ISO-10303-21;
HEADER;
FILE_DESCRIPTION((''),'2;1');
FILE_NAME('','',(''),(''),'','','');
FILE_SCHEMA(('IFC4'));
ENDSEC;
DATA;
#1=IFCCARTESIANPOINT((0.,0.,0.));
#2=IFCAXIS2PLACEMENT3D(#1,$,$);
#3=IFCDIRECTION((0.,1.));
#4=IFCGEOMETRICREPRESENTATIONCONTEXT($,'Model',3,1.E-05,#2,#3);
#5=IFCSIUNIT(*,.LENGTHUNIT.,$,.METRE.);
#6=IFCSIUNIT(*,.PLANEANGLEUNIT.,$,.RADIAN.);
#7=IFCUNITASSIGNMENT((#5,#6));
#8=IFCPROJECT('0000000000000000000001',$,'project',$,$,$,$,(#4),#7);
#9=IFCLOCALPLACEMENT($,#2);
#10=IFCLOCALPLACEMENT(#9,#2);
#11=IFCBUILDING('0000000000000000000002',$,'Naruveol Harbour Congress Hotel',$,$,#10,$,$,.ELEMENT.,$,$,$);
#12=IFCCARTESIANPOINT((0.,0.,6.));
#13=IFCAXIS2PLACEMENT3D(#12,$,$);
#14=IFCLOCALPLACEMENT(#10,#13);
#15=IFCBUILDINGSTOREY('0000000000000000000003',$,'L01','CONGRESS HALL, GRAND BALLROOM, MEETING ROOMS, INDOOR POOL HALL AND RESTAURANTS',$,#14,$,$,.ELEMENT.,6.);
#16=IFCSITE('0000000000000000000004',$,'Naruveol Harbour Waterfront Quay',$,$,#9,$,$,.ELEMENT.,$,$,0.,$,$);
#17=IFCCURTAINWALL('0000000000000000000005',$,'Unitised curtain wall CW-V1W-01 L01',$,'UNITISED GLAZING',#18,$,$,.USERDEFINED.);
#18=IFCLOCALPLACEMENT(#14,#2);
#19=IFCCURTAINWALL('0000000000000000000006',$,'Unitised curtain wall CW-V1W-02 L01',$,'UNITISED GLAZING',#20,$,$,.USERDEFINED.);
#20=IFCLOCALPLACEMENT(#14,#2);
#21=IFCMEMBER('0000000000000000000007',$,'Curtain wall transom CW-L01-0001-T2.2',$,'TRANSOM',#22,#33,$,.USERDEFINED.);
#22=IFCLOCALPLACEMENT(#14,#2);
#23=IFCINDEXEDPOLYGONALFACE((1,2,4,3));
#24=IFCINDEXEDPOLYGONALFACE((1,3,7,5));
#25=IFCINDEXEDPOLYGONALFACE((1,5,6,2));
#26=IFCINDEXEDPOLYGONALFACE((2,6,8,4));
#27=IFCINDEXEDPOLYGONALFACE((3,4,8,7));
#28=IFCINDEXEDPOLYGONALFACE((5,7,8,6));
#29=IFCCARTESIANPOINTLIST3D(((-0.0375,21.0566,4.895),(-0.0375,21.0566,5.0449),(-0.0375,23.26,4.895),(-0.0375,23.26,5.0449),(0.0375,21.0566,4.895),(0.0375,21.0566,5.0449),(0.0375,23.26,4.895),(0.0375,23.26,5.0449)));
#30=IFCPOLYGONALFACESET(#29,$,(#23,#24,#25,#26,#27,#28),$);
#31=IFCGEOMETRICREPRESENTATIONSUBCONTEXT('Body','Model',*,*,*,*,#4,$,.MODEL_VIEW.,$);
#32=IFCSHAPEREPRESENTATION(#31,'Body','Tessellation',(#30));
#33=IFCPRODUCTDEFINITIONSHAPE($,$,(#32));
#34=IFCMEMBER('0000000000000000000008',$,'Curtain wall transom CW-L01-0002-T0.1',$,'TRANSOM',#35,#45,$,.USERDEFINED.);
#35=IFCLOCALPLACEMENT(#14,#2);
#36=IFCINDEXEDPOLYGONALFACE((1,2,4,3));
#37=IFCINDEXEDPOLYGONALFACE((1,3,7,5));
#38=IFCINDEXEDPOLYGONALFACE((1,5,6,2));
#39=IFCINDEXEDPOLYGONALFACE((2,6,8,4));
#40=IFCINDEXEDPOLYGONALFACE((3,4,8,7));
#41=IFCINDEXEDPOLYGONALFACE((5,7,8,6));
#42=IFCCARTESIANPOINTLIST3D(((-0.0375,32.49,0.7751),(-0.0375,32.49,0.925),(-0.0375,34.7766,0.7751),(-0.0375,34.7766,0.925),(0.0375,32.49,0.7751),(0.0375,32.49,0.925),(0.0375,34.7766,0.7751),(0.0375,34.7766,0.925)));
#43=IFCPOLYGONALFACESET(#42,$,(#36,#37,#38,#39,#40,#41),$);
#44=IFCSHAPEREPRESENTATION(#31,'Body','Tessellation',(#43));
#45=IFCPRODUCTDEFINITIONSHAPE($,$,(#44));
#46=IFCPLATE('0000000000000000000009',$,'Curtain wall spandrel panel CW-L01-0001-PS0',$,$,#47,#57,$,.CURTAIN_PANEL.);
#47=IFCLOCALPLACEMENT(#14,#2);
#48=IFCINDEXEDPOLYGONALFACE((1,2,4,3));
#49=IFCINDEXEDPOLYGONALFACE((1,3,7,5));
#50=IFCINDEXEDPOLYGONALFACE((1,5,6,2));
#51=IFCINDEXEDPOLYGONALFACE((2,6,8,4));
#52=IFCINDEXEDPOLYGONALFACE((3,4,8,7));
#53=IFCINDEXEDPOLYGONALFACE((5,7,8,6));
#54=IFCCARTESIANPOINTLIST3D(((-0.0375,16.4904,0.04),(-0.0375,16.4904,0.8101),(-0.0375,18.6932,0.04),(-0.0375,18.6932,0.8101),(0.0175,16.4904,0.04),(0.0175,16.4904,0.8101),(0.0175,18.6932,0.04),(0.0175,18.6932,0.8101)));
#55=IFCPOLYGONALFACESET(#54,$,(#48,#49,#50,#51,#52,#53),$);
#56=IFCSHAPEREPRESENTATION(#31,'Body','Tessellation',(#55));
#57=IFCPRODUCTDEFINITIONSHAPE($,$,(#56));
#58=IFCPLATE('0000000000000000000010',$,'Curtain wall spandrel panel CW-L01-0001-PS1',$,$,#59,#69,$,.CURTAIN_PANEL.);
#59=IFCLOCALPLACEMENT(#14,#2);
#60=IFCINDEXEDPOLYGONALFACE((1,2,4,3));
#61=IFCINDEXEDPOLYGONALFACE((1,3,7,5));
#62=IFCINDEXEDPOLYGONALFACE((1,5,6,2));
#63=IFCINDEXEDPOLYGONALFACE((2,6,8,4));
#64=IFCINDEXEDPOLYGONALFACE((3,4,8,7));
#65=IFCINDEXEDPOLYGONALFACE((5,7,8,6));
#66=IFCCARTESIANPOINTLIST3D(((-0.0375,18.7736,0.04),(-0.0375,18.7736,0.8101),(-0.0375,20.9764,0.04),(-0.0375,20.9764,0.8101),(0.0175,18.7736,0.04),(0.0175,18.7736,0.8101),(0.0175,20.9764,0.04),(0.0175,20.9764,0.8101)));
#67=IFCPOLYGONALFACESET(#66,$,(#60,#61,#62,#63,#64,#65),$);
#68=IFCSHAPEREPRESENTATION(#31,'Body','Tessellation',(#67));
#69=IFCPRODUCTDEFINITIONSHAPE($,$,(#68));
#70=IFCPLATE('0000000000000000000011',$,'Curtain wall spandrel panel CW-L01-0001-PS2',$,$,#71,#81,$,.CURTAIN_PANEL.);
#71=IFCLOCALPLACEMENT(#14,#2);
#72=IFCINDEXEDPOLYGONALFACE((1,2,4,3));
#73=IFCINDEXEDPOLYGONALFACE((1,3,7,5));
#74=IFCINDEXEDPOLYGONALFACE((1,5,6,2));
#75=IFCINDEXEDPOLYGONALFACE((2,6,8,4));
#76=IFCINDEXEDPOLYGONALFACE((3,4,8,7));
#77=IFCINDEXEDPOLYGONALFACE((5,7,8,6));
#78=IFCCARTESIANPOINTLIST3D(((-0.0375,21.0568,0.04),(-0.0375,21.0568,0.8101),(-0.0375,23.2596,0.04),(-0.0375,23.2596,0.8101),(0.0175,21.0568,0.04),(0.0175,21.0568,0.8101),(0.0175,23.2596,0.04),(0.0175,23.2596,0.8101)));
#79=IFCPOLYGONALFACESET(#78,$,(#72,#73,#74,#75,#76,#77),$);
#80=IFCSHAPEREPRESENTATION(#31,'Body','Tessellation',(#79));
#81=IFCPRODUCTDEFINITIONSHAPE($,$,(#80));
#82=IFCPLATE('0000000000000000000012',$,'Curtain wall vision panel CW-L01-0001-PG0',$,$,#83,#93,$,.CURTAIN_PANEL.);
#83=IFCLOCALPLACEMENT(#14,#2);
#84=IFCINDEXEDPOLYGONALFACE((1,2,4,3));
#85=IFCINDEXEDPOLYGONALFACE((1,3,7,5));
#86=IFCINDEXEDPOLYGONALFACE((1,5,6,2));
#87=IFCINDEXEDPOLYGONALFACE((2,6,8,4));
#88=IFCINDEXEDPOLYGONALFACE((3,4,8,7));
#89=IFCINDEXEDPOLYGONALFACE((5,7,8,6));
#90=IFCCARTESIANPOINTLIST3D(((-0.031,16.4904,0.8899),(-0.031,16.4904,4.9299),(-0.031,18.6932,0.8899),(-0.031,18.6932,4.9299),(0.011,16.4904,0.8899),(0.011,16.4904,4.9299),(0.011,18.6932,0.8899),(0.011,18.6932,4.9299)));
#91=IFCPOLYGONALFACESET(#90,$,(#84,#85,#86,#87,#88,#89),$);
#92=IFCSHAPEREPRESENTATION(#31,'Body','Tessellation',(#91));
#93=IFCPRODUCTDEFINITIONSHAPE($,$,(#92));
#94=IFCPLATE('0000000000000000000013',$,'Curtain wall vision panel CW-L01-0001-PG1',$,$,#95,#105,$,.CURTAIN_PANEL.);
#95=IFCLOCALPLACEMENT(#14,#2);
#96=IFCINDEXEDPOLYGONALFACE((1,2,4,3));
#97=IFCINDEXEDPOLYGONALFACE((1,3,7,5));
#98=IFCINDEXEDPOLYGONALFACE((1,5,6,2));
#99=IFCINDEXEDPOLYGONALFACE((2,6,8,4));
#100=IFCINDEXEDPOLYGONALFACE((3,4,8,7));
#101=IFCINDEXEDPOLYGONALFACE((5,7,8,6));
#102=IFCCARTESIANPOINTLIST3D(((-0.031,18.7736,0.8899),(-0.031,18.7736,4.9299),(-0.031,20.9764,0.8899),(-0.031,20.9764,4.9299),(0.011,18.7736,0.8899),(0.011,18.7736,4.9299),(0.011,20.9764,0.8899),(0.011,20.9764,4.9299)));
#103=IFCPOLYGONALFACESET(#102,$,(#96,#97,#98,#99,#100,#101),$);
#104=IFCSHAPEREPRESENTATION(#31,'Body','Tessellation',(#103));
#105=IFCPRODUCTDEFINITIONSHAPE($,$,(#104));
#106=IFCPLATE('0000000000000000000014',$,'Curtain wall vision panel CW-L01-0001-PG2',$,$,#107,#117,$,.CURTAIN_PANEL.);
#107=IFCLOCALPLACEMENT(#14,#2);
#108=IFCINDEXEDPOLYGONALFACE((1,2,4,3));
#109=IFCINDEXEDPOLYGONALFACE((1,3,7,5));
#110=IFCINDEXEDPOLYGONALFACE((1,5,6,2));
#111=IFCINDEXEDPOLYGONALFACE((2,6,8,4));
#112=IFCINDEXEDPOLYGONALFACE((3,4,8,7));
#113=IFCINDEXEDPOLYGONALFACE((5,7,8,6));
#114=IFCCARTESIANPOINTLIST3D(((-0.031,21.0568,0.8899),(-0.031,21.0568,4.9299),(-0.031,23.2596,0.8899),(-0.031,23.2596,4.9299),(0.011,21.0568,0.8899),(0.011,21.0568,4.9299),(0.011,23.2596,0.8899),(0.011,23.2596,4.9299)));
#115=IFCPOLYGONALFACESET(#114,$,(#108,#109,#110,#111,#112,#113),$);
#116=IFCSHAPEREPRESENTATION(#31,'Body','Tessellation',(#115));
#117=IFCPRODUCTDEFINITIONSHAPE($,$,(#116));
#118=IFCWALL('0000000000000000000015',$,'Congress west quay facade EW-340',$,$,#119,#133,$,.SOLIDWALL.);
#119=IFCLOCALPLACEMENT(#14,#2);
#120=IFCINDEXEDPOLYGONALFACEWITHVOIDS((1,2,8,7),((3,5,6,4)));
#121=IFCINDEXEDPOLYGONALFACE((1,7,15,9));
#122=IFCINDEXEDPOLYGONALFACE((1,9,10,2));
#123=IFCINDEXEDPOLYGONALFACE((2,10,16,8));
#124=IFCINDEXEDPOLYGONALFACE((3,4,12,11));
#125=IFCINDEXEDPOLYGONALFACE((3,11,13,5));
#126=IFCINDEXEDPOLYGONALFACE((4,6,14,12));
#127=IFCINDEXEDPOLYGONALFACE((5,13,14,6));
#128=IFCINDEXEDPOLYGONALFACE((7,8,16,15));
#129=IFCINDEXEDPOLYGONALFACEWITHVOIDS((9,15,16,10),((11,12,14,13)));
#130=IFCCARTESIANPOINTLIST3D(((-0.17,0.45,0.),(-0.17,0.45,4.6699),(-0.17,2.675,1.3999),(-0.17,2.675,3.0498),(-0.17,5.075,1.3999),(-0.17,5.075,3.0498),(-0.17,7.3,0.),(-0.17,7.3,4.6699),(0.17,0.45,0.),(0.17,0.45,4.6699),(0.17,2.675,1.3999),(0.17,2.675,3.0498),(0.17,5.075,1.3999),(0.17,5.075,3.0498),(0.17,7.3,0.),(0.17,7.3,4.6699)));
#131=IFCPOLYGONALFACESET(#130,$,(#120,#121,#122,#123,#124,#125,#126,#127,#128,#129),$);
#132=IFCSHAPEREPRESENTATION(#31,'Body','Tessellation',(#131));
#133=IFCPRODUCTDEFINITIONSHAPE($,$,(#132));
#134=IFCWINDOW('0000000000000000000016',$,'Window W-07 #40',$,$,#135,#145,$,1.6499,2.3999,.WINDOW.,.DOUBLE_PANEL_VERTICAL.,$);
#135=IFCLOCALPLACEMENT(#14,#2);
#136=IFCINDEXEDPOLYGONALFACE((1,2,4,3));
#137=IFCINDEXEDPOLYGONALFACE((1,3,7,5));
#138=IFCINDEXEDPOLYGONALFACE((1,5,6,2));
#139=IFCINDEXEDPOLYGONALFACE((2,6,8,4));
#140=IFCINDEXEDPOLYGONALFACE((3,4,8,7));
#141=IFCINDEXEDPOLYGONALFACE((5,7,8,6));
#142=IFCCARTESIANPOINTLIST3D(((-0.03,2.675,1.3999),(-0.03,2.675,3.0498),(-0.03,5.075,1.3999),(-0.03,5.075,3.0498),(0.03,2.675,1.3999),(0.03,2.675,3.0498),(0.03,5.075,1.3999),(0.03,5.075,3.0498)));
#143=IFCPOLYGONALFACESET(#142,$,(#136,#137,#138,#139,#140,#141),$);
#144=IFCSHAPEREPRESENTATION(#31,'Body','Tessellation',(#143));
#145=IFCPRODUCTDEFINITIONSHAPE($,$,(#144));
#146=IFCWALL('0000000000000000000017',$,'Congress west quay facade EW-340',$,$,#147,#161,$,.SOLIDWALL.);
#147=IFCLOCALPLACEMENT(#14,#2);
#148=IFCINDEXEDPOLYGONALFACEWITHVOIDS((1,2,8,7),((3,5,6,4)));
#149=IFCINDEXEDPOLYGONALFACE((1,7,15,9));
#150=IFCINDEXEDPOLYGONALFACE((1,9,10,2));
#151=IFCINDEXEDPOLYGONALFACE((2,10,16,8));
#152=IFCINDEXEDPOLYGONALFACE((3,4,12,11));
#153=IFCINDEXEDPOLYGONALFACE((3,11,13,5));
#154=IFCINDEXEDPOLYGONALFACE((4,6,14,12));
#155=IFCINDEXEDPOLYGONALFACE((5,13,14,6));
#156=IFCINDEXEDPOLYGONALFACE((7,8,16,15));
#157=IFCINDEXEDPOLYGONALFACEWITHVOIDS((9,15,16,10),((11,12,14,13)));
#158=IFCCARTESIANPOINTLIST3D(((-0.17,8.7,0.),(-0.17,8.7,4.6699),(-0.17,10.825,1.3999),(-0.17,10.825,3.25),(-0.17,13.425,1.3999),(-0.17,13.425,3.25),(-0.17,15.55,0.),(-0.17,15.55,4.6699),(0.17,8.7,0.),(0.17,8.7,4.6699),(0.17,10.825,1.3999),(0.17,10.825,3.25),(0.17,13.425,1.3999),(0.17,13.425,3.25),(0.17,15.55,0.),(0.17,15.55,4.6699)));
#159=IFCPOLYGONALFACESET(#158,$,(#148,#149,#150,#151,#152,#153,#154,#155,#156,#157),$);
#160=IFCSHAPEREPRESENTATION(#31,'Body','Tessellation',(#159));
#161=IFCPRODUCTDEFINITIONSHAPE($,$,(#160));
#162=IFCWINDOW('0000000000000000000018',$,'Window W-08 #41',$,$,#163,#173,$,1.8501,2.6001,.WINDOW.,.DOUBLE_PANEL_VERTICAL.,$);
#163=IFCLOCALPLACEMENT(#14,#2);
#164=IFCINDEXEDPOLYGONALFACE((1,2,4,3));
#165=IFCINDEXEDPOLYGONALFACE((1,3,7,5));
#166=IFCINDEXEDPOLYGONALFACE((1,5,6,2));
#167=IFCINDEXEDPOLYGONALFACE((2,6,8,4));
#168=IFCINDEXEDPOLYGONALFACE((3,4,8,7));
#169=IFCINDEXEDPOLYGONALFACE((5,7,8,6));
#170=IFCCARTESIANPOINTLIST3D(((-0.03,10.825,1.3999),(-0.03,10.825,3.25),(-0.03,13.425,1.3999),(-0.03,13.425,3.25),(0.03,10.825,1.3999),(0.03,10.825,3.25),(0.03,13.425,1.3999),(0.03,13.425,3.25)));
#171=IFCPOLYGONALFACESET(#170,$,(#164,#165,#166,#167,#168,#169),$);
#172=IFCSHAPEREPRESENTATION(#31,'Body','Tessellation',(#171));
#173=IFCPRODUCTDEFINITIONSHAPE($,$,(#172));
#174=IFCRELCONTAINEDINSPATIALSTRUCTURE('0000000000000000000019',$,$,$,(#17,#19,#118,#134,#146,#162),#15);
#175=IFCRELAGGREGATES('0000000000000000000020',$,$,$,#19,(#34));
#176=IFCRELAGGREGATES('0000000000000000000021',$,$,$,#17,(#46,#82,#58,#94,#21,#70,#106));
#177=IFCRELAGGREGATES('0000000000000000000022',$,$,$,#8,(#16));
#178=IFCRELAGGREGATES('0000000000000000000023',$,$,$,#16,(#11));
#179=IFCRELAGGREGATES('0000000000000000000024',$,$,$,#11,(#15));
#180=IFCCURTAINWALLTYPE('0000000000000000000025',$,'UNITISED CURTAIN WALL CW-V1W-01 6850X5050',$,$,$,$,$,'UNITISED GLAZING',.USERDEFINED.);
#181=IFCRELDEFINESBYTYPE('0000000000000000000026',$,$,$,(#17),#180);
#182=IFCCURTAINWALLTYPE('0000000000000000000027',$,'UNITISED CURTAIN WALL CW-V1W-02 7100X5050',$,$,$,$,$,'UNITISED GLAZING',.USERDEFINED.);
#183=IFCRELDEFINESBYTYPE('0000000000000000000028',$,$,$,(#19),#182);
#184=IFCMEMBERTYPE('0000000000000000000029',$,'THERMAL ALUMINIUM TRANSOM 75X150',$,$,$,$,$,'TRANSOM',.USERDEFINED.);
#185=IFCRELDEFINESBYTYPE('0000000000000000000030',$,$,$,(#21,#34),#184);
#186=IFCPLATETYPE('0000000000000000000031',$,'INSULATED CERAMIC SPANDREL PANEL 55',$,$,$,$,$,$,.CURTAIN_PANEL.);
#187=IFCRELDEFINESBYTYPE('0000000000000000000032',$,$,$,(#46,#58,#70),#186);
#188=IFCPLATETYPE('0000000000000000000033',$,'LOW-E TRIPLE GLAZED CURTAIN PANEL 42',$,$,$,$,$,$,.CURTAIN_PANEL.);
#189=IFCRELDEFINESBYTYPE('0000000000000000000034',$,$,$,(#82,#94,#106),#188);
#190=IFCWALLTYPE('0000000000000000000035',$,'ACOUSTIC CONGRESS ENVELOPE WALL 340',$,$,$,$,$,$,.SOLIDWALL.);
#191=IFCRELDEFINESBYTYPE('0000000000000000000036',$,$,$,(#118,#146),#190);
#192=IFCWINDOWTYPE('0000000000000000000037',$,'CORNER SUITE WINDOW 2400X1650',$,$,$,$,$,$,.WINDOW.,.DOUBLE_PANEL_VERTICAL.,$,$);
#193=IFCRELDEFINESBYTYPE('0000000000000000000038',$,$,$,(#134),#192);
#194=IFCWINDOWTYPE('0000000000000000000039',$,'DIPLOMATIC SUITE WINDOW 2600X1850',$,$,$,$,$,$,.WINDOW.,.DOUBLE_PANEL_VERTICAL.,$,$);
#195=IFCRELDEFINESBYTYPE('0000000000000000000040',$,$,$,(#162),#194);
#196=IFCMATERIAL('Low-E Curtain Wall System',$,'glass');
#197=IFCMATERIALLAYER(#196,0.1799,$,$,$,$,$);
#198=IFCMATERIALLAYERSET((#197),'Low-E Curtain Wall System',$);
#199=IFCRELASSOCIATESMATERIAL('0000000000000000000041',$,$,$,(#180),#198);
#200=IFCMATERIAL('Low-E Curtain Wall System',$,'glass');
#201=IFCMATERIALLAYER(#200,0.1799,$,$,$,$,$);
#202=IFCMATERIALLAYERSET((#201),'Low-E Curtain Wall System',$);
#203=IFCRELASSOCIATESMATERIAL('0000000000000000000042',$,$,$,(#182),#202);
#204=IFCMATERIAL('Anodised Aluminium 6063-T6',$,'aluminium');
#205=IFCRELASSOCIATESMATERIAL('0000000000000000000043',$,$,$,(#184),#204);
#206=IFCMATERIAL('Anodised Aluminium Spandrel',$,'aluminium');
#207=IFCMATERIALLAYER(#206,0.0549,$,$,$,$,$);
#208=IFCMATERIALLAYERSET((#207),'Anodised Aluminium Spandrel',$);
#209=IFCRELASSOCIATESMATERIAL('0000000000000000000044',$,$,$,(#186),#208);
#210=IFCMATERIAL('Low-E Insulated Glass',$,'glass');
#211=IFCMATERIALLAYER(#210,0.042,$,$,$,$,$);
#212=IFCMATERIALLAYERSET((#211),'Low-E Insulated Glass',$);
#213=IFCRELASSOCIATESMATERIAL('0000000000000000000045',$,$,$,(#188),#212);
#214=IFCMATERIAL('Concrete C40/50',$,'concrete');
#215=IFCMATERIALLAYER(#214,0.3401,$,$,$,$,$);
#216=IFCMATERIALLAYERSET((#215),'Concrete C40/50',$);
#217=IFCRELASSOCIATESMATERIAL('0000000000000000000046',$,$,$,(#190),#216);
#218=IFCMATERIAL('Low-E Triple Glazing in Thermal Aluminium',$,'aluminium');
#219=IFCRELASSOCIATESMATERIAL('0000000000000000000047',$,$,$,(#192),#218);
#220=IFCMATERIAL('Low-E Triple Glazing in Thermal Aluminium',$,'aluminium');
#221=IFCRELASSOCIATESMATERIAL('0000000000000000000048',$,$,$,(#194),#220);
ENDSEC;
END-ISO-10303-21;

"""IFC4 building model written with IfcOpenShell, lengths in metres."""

from ifc_helpers import new_model, si_unit, direction, frame, frame_2d, origin, origin_2d, place, context, subcontext, project, spatial, rectangle, extrude, material, layer, layer_set, material_profile, profile_set, type_object, element, fill, aggregate, save


model = new_model("IFC4")

# Units and contexts
model_context = context("Model", 3, precision=1e-05, world=origin(), true_north=direction((0.0, 1.0)))
body_context = subcontext(model_context, "Body", "Model", "MODEL_VIEW")
ifc_project = project(units=[si_unit("LENGTHUNIT", "METRE"), si_unit("PLANEANGLEUNIT", "RADIAN")], contexts=[model_context])

# Site, building, storey
site_placement = place(None, origin())
site = spatial("IfcSite", under=ifc_project, at=site_placement, Name="Naruveol Harbour Waterfront Quay", CompositionType="ELEMENT", RefElevation=0.0)
building_placement = place(site_placement, origin())
building = spatial("IfcBuilding", under=site, at=building_placement, Name="Naruveol Harbour Congress Hotel", CompositionType="ELEMENT")
storey_placement = place(building_placement, frame((0.0, 0.0, 6.0)))
storey = spatial("IfcBuildingStorey", under=building, at=storey_placement, Name="L01", Description="CONGRESS HALL, GRAND BALLROOM, MEETING ROOMS, INDOOR POOL HALL AND RESTAURANTS", CompositionType="ELEMENT", Elevation=6.0)

# Curtain wall
ifc_material_1 = material(Name="Low-E Curtain Wall System", Category="glass")
ifc_layer_1 = layer(ifc_material_1, 0.1799)
ifc_layer_set_1 = layer_set([ifc_layer_1], Name="Low-E Curtain Wall System")
curtain_wall_type_1 = type_object("IfcCurtainWallType", Name="UNITISED CURTAIN WALL CW-V1W-01 6850X5050", ElementType="UNITISED GLAZING", PredefinedType="USERDEFINED", material=ifc_layer_set_1)
curtain_wall_1_placement = place(storey_placement, origin())
curtain_wall_1 = element("IfcCurtainWall", 1, at=curtain_wall_1_placement, inside=storey, type_object=curtain_wall_type_1, Name="Unitised curtain wall CW-V1W-01 L01", ObjectType="UNITISED GLAZING", PredefinedType="USERDEFINED")

# Curtain wall
ifc_material_2 = material(Name="Low-E Curtain Wall System", Category="glass")
ifc_layer_2 = layer(ifc_material_2, 0.1799)
ifc_layer_set_2 = layer_set([ifc_layer_2], Name="Low-E Curtain Wall System")
curtain_wall_type_2 = type_object("IfcCurtainWallType", Name="UNITISED CURTAIN WALL CW-V1W-02 7100X5050", ElementType="UNITISED GLAZING", PredefinedType="USERDEFINED", material=ifc_layer_set_2)
curtain_wall_2_placement = place(storey_placement, origin())
curtain_wall_2 = element("IfcCurtainWall", 2, at=curtain_wall_2_placement, inside=storey, type_object=curtain_wall_type_2, Name="Unitised curtain wall CW-V1W-02 L01", ObjectType="UNITISED GLAZING", PredefinedType="USERDEFINED")

# Members
ifc_material_3 = material(Name="Anodised Aluminium 6063-T6", Category="aluminium")
ifc_material_profile_1 = material_profile(ifc_material_3, rectangle(XDim=0.075, YDim=0.1499, at=origin_2d()), Name="ALU-75x150")
ifc_profile_set_1 = profile_set([ifc_material_profile_1], Name="Anodised Aluminium 6063-T6")
member_type_1 = type_object("IfcMemberType", Name="THERMAL ALUMINIUM TRANSOM 75X150", ElementType="TRANSOM", PredefinedType="USERDEFINED", material=ifc_profile_set_1)
member_1_placement = place(storey_placement, frame((0.0, 21.0566, 4.97), z_axis=(0.0, 1.0, 0.0), x_axis=(-1.0, 0.0, 0.0)))
member_1 = element("IfcMember", 3, at=member_1_placement, type_object=member_type_1, Name="Curtain wall transom CW-L01-0001-T2.2", ObjectType="TRANSOM", PredefinedType="USERDEFINED", context=body_context, shape_type="SweptSolid", body=[
    extrude(rectangle(XDim=0.075, YDim=0.1499, at=origin_2d()), origin(), (0.0, 0.0, 1.0), 2.2034),
])
member_2_placement = place(storey_placement, frame((0.0, 32.49, 0.8501), z_axis=(0.0, 1.0, 0.0), x_axis=(-1.0, 0.0, 0.0)))
member_2 = element("IfcMember", 4, at=member_2_placement, type_object=member_type_1, Name="Curtain wall transom CW-L01-0002-T0.1", ObjectType="TRANSOM", PredefinedType="USERDEFINED", context=body_context, shape_type="SweptSolid", body=[
    extrude(rectangle(XDim=0.075, YDim=0.1499, at=origin_2d()), origin(), (0.0, 0.0, 1.0), 2.2866),
])
aggregate(curtain_wall_2, [member_2])

# Plates
ifc_material_4 = material(Name="Anodised Aluminium Spandrel", Category="aluminium")
ifc_layer_3 = layer(ifc_material_4, 0.0549)
ifc_layer_set_3 = layer_set([ifc_layer_3], Name="Anodised Aluminium Spandrel")
plate_type_1 = type_object("IfcPlateType", Name="INSULATED CERAMIC SPANDREL PANEL 55", PredefinedType="CURTAIN_PANEL", material=ifc_layer_set_3)
plate_1_placement = place(storey_placement, frame((-0.01, 17.5918, 0.04), z_axis=(0.0, 0.0, 1.0), x_axis=(0.0, 1.0, 0.0)))
plate_1 = element("IfcPlate", 5, at=plate_1_placement, type_object=plate_type_1, Name="Curtain wall spandrel panel CW-L01-0001-PS0", PredefinedType="CURTAIN_PANEL", context=body_context, shape_type="SweptSolid", body=[
    extrude(rectangle(XDim=2.2029, YDim=0.0549, at=origin_2d()), origin(), (0.0, 0.0, 1.0), 0.77),
])
plate_2_placement = place(storey_placement, frame((-0.01, 19.875, 0.04), z_axis=(0.0, 0.0, 1.0), x_axis=(0.0, 1.0, 0.0)))
plate_2 = element("IfcPlate", 6, at=plate_2_placement, type_object=plate_type_1, Name="Curtain wall spandrel panel CW-L01-0001-PS1", PredefinedType="CURTAIN_PANEL", context=body_context, shape_type="SweptSolid", body=[
    extrude(rectangle(XDim=2.2029, YDim=0.0549, at=origin_2d()), origin(), (0.0, 0.0, 1.0), 0.77),
])
plate_3_placement = place(storey_placement, frame((-0.01, 22.1582, 0.04), z_axis=(0.0, 0.0, 1.0), x_axis=(0.0, 1.0, 0.0)))
plate_3 = element("IfcPlate", 7, at=plate_3_placement, type_object=plate_type_1, Name="Curtain wall spandrel panel CW-L01-0001-PS2", PredefinedType="CURTAIN_PANEL", context=body_context, shape_type="SweptSolid", body=[
    extrude(rectangle(XDim=2.2029, YDim=0.0549, at=origin_2d()), origin(), (0.0, 0.0, 1.0), 0.77),
])
ifc_material_5 = material(Name="Low-E Insulated Glass", Category="glass")
ifc_layer_4 = layer(ifc_material_5, 0.042)
ifc_layer_set_4 = layer_set([ifc_layer_4], Name="Low-E Insulated Glass")
plate_type_2 = type_object("IfcPlateType", Name="LOW-E TRIPLE GLAZED CURTAIN PANEL 42", PredefinedType="CURTAIN_PANEL", material=ifc_layer_set_4)
plate_4_placement = place(storey_placement, frame((-0.01, 17.5918, 0.8899), z_axis=(0.0, 0.0, 1.0), x_axis=(0.0, 1.0, 0.0)))
plate_4 = element("IfcPlate", 8, at=plate_4_placement, type_object=plate_type_2, Name="Curtain wall vision panel CW-L01-0001-PG0", PredefinedType="CURTAIN_PANEL", context=body_context, shape_type="SweptSolid", body=[
    extrude(rectangle(XDim=2.2029, YDim=0.042, at=origin_2d()), origin(), (0.0, 0.0, 1.0), 4.04),
])
plate_5_placement = place(storey_placement, frame((-0.01, 19.875, 0.8899), z_axis=(0.0, 0.0, 1.0), x_axis=(0.0, 1.0, 0.0)))
plate_5 = element("IfcPlate", 9, at=plate_5_placement, type_object=plate_type_2, Name="Curtain wall vision panel CW-L01-0001-PG1", PredefinedType="CURTAIN_PANEL", context=body_context, shape_type="SweptSolid", body=[
    extrude(rectangle(XDim=2.2029, YDim=0.042, at=origin_2d()), origin(), (0.0, 0.0, 1.0), 4.04),
])
plate_6_placement = place(storey_placement, frame((-0.01, 22.1582, 0.8899), z_axis=(0.0, 0.0, 1.0), x_axis=(0.0, 1.0, 0.0)))
plate_6 = element("IfcPlate", 10, at=plate_6_placement, type_object=plate_type_2, Name="Curtain wall vision panel CW-L01-0001-PG2", PredefinedType="CURTAIN_PANEL", context=body_context, shape_type="SweptSolid", body=[
    extrude(rectangle(XDim=2.2029, YDim=0.042, at=origin_2d()), origin(), (0.0, 0.0, 1.0), 4.04),
])
aggregate(curtain_wall_1, [plate_1, plate_4, plate_2, plate_5, member_1, plate_3, plate_6])

# Walls, openings, windows
ifc_material_6 = material(Name="Concrete C40/50", Category="concrete")
ifc_layer_5 = layer(ifc_material_6, 0.3401)
ifc_layer_set_5 = layer_set([ifc_layer_5], Name="Concrete C40/50")
wall_type = type_object("IfcWallType", Name="ACOUSTIC CONGRESS ENVELOPE WALL 340", PredefinedType="SOLIDWALL", material=ifc_layer_set_5)
wall_1_placement = place(storey_placement, frame((0.0, 0.45, 0.0), z_axis=(0.0, 0.0, 1.0), x_axis=(0.0, 1.0, 0.0)))
wall_1 = element("IfcWall", 11, at=wall_1_placement, inside=storey, type_object=wall_type, Name="Congress west quay facade EW-340", PredefinedType="SOLIDWALL", context=body_context, shape_type="SweptSolid", body=[
    extrude(rectangle(XDim=6.8501, YDim=0.3401, at=frame_2d((3.425, 0.0))), origin(), (0.0, 0.0, 1.0), 4.6699),
])
opening_1_placement = place(wall_1_placement, frame((2.2251, 0.0, 1.3999)))
opening_1 = element("IfcOpeningElement", 12, at=opening_1_placement, cuts=wall_1, PredefinedType="OPENING", context=body_context, shape_type="SweptSolid", body=[
    extrude(rectangle(XDim=2.3999, YDim=1.6499, at=frame_2d((1.2, 0.825))), frame((0.0, 0.1799, 0.0), z_axis=(0.0, -1.0, 0.0), x_axis=(1.0, 0.0, 0.0)), (0.0, 0.0, 1.0), 0.3601),
])
ifc_material_7 = material(Name="Low-E Triple Glazing in Thermal Aluminium", Category="aluminium")
window_type_1 = type_object("IfcWindowType", Name="CORNER SUITE WINDOW 2400X1650", PartitioningType="DOUBLE_PANEL_VERTICAL", PredefinedType="WINDOW", material=ifc_material_7)
window_1_placement = place(opening_1_placement, origin())
window_1 = element("IfcWindow", 13, at=window_1_placement, inside=storey, type_object=window_type_1, Name="Window W-07 #40", OverallHeight=1.6499, OverallWidth=2.3999, PartitioningType="DOUBLE_PANEL_VERTICAL", PredefinedType="WINDOW", context=body_context, shape_type="SweptSolid", body=[
    extrude(rectangle(XDim=2.3999, YDim=1.6499, at=frame_2d((1.2, 0.825))), frame((0.0, 0.03, 0.0), z_axis=(0.0, -1.0, 0.0), x_axis=(1.0, 0.0, 0.0)), (0.0, 0.0, 1.0), 0.0601),
])
fill(opening_1, window_1)
wall_2_placement = place(storey_placement, frame((0.0, 8.7, 0.0), z_axis=(0.0, 0.0, 1.0), x_axis=(0.0, 1.0, 0.0)))
wall_2 = element("IfcWall", 14, at=wall_2_placement, inside=storey, type_object=wall_type, Name="Congress west quay facade EW-340", PredefinedType="SOLIDWALL", context=body_context, shape_type="SweptSolid", body=[
    extrude(rectangle(XDim=6.8501, YDim=0.3401, at=frame_2d((3.425, 0.0))), origin(), (0.0, 0.0, 1.0), 4.6699),
])
opening_2_placement = place(wall_2_placement, frame((2.125, 0.0, 1.3999)))
opening_2 = element("IfcOpeningElement", 15, at=opening_2_placement, cuts=wall_2, PredefinedType="OPENING", context=body_context, shape_type="SweptSolid", body=[
    extrude(rectangle(XDim=2.6001, YDim=1.8501, at=frame_2d((1.3, 0.925))), frame((0.0, 0.1799, 0.0), z_axis=(0.0, -1.0, 0.0), x_axis=(1.0, 0.0, 0.0)), (0.0, 0.0, 1.0), 0.3601),
])
ifc_material_8 = material(Name="Low-E Triple Glazing in Thermal Aluminium", Category="aluminium")
window_type_2 = type_object("IfcWindowType", Name="DIPLOMATIC SUITE WINDOW 2600X1850", PartitioningType="DOUBLE_PANEL_VERTICAL", PredefinedType="WINDOW", material=ifc_material_8)
window_2_placement = place(opening_2_placement, origin())
window_2 = element("IfcWindow", 16, at=window_2_placement, inside=storey, type_object=window_type_2, Name="Window W-08 #41", OverallHeight=1.8501, OverallWidth=2.6001, PartitioningType="DOUBLE_PANEL_VERTICAL", PredefinedType="WINDOW", context=body_context, shape_type="SweptSolid", body=[
    extrude(rectangle(XDim=2.6001, YDim=1.8501, at=frame_2d((1.3, 0.925))), frame((0.0, 0.03, 0.0), z_axis=(0.0, -1.0, 0.0), x_axis=(1.0, 0.0, 0.0)), (0.0, 0.0, 1.0), 0.0601),
])
fill(opening_2, window_2)

save(model, "model.ifc")
